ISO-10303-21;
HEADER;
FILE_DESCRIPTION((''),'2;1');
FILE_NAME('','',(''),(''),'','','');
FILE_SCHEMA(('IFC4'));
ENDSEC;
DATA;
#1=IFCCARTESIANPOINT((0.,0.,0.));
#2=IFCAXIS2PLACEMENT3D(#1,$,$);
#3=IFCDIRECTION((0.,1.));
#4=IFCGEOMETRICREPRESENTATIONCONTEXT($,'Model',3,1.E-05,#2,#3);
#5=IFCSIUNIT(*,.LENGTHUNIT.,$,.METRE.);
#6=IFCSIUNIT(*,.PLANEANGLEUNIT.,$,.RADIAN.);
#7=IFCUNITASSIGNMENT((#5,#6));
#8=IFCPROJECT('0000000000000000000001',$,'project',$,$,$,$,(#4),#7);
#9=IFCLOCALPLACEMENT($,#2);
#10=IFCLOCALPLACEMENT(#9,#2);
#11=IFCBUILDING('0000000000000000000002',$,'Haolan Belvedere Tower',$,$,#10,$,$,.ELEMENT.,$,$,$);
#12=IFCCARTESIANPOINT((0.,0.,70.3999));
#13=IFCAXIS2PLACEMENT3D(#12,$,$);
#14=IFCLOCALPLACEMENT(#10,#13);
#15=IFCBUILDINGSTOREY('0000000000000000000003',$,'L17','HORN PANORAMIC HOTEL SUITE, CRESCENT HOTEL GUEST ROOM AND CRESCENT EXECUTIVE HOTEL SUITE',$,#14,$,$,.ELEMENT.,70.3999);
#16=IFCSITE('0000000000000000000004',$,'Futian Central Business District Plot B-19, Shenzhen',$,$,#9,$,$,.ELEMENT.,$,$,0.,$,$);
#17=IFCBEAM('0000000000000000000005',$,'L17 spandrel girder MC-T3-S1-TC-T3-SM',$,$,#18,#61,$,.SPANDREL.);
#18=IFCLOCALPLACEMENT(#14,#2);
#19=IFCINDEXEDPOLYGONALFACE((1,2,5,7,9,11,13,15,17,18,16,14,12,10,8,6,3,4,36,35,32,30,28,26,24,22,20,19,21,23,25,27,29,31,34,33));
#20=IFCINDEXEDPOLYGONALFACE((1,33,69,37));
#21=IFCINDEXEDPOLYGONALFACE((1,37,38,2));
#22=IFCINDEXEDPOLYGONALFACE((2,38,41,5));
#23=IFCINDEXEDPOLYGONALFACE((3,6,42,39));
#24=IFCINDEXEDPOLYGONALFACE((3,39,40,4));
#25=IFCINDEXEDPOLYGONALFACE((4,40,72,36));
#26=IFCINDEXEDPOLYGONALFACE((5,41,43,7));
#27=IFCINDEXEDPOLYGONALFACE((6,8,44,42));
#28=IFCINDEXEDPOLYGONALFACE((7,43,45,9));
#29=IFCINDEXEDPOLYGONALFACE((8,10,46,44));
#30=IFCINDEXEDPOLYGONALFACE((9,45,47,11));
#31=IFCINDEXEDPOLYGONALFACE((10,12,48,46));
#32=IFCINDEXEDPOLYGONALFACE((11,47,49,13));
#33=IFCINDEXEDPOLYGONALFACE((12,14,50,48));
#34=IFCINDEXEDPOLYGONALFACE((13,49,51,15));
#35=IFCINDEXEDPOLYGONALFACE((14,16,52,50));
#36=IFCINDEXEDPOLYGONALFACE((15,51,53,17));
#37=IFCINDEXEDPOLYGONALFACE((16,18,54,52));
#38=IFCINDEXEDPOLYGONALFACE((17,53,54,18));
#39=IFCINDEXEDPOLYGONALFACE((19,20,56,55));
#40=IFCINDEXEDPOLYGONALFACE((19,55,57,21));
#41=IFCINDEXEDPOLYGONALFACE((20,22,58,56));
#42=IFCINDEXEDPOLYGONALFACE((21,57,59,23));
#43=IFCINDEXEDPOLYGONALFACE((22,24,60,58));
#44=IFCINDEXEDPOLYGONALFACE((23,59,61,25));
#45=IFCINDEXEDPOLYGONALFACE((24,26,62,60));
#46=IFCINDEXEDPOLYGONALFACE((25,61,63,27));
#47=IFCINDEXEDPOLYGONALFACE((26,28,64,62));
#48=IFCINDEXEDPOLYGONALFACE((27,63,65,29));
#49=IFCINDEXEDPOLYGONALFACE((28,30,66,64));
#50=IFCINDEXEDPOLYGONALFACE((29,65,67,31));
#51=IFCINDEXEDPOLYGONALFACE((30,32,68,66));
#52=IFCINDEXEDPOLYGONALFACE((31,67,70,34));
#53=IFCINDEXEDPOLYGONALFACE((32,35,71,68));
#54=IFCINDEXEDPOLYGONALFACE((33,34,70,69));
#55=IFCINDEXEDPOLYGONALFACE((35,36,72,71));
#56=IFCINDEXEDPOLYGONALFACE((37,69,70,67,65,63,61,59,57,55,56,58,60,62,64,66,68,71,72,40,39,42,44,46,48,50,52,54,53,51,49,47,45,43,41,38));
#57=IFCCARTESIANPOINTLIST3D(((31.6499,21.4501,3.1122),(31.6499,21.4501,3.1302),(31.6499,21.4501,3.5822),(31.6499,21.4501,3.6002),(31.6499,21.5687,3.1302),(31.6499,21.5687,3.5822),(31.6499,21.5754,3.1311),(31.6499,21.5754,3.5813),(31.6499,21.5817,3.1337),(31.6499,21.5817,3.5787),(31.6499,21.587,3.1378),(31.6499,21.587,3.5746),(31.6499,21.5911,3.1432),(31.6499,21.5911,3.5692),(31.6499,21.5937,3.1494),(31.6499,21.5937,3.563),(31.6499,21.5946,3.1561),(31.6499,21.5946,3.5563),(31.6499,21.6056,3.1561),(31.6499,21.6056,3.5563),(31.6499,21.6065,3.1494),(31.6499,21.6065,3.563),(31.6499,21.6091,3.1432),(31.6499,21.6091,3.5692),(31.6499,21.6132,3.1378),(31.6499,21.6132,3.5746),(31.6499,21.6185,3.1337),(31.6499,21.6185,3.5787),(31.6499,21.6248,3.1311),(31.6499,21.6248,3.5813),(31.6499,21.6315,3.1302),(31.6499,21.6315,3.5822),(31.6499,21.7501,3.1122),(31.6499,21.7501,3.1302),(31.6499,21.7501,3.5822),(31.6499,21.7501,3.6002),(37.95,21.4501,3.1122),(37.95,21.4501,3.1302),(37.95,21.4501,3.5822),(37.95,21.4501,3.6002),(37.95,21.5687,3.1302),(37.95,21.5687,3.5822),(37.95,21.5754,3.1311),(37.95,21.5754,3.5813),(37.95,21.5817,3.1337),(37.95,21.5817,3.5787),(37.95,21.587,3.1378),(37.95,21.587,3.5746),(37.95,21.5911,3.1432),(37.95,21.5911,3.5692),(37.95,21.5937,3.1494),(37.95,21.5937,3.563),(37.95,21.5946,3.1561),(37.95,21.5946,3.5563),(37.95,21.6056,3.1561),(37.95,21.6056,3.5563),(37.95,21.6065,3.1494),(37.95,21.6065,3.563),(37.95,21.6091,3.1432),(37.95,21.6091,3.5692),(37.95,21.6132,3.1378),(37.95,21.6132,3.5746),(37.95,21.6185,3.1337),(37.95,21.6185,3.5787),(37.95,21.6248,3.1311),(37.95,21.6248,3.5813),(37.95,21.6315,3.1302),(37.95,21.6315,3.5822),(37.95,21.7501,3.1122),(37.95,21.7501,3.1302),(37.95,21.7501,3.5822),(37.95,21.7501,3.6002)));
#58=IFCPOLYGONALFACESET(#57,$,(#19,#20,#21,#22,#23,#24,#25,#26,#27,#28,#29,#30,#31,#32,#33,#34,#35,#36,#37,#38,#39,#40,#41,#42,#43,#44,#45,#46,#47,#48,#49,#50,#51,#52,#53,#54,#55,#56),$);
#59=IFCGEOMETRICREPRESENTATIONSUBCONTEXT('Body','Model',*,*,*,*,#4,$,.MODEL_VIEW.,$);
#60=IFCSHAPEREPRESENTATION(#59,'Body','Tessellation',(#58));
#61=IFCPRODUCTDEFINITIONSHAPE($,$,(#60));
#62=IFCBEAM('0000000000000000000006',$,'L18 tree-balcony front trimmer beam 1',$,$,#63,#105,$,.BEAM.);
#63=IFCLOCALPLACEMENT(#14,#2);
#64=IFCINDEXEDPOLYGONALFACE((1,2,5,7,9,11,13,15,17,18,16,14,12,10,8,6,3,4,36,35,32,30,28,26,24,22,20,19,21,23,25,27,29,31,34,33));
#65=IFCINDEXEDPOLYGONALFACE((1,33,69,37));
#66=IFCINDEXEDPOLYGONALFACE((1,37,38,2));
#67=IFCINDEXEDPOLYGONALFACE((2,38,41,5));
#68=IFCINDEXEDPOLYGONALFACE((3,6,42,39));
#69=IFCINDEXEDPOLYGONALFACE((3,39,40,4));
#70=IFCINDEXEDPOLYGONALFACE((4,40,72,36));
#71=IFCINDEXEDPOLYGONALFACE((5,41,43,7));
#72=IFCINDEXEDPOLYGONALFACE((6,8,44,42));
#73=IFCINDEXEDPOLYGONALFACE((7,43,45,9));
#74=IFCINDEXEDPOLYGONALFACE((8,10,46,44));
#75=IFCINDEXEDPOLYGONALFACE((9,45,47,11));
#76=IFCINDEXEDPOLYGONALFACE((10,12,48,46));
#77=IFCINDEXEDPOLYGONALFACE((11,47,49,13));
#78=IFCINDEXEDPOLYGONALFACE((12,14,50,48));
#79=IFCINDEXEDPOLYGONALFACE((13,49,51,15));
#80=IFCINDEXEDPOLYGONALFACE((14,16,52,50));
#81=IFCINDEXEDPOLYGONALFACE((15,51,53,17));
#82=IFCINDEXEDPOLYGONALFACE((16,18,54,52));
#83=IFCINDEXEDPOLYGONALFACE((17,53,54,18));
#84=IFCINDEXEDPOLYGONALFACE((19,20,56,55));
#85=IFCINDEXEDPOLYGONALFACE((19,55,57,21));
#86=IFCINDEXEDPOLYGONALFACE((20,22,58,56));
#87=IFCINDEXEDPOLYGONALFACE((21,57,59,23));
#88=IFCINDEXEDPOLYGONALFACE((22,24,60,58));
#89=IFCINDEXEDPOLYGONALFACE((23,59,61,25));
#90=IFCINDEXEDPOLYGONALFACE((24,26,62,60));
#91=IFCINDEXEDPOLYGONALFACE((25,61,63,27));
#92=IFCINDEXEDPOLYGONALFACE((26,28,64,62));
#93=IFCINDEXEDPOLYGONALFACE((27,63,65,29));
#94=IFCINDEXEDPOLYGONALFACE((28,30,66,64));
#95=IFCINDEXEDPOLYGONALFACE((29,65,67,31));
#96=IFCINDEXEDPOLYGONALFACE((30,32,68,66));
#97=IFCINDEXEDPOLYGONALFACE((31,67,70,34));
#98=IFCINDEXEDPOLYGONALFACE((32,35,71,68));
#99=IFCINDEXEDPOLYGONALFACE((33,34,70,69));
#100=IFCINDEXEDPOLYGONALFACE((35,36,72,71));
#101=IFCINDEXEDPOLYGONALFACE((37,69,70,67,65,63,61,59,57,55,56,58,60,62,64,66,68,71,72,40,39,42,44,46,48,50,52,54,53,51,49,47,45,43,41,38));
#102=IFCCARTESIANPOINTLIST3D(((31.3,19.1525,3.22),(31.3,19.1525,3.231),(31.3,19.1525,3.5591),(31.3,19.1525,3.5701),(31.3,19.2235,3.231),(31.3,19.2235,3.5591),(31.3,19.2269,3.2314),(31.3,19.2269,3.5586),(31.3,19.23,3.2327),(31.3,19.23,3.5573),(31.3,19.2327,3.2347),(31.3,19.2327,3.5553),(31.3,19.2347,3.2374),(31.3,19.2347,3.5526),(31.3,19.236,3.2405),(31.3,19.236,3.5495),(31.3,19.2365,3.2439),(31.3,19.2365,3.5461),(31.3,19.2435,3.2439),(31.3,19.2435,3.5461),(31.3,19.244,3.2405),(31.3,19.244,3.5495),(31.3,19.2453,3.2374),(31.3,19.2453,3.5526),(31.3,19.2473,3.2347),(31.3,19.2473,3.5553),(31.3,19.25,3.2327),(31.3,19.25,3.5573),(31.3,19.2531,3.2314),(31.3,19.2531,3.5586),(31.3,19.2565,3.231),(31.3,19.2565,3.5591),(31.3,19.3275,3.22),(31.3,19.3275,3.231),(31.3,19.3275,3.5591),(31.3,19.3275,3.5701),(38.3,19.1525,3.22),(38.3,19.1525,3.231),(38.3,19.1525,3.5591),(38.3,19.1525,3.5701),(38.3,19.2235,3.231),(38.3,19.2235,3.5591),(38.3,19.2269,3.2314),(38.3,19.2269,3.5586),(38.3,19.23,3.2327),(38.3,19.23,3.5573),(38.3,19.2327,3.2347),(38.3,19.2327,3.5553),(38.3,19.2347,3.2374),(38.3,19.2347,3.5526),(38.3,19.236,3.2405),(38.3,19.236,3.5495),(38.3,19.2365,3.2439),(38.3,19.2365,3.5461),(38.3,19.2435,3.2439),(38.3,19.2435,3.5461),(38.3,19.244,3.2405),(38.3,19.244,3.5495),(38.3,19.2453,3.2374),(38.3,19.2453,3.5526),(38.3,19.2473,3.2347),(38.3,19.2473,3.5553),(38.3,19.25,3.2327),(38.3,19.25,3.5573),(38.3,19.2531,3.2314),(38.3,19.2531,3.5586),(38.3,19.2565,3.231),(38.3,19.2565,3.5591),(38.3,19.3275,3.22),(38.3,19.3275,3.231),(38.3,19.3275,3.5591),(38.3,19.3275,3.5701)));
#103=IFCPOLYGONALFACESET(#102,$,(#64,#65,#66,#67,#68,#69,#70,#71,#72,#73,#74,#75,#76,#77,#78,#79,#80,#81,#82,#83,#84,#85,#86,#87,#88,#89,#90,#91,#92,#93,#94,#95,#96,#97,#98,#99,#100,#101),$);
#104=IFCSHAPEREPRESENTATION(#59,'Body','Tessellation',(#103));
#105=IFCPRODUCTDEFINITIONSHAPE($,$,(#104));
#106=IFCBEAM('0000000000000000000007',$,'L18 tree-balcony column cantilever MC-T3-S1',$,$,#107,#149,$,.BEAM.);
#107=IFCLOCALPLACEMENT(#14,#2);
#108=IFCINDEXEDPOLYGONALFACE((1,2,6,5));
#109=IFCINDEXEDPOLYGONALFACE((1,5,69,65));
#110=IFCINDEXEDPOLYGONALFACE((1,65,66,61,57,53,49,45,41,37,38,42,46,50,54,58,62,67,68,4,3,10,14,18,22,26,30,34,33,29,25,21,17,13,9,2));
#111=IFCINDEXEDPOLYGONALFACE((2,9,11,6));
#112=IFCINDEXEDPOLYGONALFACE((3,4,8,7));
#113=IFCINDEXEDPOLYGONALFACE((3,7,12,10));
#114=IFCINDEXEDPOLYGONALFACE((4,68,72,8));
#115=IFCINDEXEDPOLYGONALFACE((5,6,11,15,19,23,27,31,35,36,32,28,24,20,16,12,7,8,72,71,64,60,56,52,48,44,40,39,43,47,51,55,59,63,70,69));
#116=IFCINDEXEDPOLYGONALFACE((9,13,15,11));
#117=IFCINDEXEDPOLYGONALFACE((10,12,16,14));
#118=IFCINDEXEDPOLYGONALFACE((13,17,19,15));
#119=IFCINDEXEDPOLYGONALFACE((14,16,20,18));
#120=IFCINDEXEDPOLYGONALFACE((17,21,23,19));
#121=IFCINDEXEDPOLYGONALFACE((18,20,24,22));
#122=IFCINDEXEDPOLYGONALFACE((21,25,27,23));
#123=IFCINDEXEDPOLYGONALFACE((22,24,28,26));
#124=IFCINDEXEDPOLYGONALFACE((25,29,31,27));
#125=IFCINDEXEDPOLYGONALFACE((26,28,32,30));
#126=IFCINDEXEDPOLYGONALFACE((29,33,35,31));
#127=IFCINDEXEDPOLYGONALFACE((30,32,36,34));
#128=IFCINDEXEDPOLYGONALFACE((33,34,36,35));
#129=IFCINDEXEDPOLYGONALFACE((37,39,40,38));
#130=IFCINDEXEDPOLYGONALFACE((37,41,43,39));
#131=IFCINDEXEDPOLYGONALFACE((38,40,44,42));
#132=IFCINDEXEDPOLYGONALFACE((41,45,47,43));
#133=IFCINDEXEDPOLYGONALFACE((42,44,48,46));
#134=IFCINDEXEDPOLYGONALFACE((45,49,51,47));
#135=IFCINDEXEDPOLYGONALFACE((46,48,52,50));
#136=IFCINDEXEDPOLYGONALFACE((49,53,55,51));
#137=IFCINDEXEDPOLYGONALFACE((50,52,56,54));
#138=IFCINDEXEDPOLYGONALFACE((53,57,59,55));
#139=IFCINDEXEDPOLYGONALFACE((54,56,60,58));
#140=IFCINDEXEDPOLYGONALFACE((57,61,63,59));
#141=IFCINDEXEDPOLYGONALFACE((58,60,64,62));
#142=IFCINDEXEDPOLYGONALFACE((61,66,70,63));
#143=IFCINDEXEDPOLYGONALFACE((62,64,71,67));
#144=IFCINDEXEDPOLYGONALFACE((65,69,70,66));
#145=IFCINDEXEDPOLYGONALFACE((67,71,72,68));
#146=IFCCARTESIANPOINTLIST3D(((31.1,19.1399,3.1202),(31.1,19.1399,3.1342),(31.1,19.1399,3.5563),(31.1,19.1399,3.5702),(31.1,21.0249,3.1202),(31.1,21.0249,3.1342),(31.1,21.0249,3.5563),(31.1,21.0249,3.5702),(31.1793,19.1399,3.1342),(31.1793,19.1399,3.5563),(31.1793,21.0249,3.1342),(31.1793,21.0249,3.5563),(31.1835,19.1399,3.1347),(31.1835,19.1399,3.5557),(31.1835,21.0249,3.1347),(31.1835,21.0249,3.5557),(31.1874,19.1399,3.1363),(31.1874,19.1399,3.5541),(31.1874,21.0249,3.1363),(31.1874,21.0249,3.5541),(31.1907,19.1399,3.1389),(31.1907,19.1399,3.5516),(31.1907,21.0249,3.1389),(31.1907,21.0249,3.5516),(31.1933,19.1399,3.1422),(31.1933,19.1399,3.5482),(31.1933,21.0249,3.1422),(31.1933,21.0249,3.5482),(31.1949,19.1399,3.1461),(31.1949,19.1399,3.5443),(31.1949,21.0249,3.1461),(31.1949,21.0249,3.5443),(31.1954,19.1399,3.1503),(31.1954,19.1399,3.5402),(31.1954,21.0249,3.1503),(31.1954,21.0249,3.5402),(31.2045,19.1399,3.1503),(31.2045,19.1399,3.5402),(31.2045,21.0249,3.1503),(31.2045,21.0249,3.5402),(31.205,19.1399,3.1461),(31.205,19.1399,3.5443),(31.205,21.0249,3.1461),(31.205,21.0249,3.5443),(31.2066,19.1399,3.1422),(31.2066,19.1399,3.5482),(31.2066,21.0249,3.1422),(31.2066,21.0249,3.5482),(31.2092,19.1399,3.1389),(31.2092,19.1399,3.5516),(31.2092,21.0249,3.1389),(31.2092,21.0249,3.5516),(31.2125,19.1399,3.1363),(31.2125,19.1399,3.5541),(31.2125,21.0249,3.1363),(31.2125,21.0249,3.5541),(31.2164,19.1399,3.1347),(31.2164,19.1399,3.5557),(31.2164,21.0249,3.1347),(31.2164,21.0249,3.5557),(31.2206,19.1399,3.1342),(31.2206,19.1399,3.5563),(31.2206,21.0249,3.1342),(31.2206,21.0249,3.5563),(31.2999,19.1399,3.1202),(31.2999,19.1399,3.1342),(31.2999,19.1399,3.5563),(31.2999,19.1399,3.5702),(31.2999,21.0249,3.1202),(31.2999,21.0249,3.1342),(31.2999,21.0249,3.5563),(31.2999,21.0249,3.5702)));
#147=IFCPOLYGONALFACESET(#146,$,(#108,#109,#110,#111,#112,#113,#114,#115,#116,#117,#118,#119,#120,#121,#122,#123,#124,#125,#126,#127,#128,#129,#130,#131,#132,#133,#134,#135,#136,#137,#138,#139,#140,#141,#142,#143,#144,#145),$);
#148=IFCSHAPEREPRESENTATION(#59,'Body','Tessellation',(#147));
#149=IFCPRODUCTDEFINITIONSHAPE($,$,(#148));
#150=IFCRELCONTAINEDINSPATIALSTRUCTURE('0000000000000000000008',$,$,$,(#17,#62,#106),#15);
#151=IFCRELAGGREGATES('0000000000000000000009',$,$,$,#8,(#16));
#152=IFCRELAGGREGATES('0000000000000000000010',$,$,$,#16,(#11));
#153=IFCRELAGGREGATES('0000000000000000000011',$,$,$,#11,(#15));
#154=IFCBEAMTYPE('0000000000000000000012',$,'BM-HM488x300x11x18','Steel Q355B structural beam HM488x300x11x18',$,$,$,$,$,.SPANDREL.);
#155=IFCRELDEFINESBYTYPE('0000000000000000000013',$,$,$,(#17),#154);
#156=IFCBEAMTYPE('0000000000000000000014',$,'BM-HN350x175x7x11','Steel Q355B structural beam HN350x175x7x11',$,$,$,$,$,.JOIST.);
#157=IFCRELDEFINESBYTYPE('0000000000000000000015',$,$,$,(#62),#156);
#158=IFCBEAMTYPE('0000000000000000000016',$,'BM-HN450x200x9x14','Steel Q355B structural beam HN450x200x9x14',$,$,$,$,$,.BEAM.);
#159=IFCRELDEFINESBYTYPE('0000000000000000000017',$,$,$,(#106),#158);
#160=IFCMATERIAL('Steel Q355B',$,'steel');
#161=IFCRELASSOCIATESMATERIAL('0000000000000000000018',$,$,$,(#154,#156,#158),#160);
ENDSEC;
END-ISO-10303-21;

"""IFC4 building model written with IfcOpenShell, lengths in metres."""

from ifc_helpers import new_model, si_unit, direction, frame, origin, origin_2d, place, context, subcontext, project, spatial, i_section, extrude, material, material_profile, profile_set, type_object, element, save


model = new_model("IFC4")

# Units and contexts
model_context = context("Model", 3, precision=1e-05, world=origin(), true_north=direction((0.0, 1.0)))
body_context = subcontext(model_context, "Body", "Model", "MODEL_VIEW")
ifc_project = project(units=[si_unit("LENGTHUNIT", "METRE"), si_unit("PLANEANGLEUNIT", "RADIAN")], contexts=[model_context])

# Site, building, storey
site_placement = place(None, origin())
site = spatial("IfcSite", under=ifc_project, at=site_placement, Name="Futian Central Business District Plot B-19, Shenzhen", CompositionType="ELEMENT", RefElevation=0.0)
building_placement = place(site_placement, origin())
building = spatial("IfcBuilding", under=site, at=building_placement, Name="Haolan Belvedere Tower", CompositionType="ELEMENT")
storey_placement = place(building_placement, frame((0.0, 0.0, 70.3999)))
storey = spatial("IfcBuildingStorey", under=building, at=storey_placement, Name="L17", Description="HORN PANORAMIC HOTEL SUITE, CRESCENT HOTEL GUEST ROOM AND CRESCENT EXECUTIVE HOTEL SUITE", CompositionType="ELEMENT", Elevation=70.3999)

# Shared definitions
ifc_material_1 = material(Name="Steel Q355B", Category="steel")

# Beams
ifc_material_profile_1 = material_profile(ifc_material_1, i_section(OverallWidth=0.3, OverallDepth=0.488, WebThickness=0.011, FlangeThickness=0.0181, FilletRadius=0.0259, at=origin_2d()), Name="Steel Q355B")
ifc_profile_set_1 = profile_set([ifc_material_profile_1], Name="Steel Q355B")
beam_type_1 = type_object("IfcBeamType", Name="BM-HM488x300x11x18", Description="Steel Q355B structural beam HM488x300x11x18", PredefinedType="SPANDREL", material=ifc_profile_set_1)
for number, where, z_axis, x_axis, name in (
    (1, (31.6499, 21.6001, 3.3562), (1.0, 0.0, 0.0), (0.0, 1.0, 0.0), "L17 spandrel girder MC-T3-S1-TC-T3-SM"),
):
    element("IfcBeam", number, at=place(storey_placement, frame(where, z_axis=z_axis, x_axis=x_axis)), inside=storey, type_object=beam_type_1, Name=name, PredefinedType="SPANDREL", context=body_context, shape_type="SweptSolid", body=[
        extrude(i_section(OverallWidth=0.3, OverallDepth=0.488, WebThickness=0.011, FlangeThickness=0.0181, FilletRadius=0.0259, at=origin_2d()), origin(), (0.0, 0.0, 1.0), 6.3),
    ])
ifc_material_profile_2 = material_profile(ifc_material_1, i_section(OverallWidth=0.175, OverallDepth=0.3501, WebThickness=0.0071, FlangeThickness=0.011, FilletRadius=0.0129, at=origin_2d()), Name="Steel Q355B")
ifc_profile_set_2 = profile_set([ifc_material_profile_2], Name="Steel Q355B")
beam_type_2 = type_object("IfcBeamType", Name="BM-HN350x175x7x11", Description="Steel Q355B structural beam HN350x175x7x11", PredefinedType="JOIST", material=ifc_profile_set_2)
beam_1_placement = place(storey_placement, frame((31.3, 19.24, 3.395), z_axis=(1.0, 0.0, 0.0), x_axis=(0.0, 1.0, 0.0)))
element("IfcBeam", 2, at=beam_1_placement, inside=storey, type_object=beam_type_2, Name="L18 tree-balcony front trimmer beam 1", PredefinedType="BEAM", context=body_context, shape_type="SweptSolid", body=[
    extrude(i_section(OverallWidth=0.175, OverallDepth=0.3501, WebThickness=0.0071, FlangeThickness=0.011, FilletRadius=0.0129, at=origin_2d()), origin(), (0.0, 0.0, 1.0), 7.0),
])
ifc_material_profile_3 = material_profile(ifc_material_1, i_section(OverallWidth=0.2, OverallDepth=0.45, WebThickness=0.009, FlangeThickness=0.0139, FilletRadius=0.0161, at=origin_2d()), Name="Steel Q355B")
ifc_profile_set_3 = profile_set([ifc_material_profile_3], Name="Steel Q355B")
beam_type_3 = type_object("IfcBeamType", Name="BM-HN450x200x9x14", Description="Steel Q355B structural beam HN450x200x9x14", PredefinedType="BEAM", material=ifc_profile_set_3)
beam_2_placement = place(storey_placement, frame((31.2, 21.0249, 3.3452), z_axis=(0.0, -1.0, 0.0), x_axis=(1.0, 0.0, 0.0)))
element("IfcBeam", 3, at=beam_2_placement, inside=storey, type_object=beam_type_3, Name="L18 tree-balcony column cantilever MC-T3-S1", PredefinedType="BEAM", context=body_context, shape_type="SweptSolid", body=[
    extrude(i_section(OverallWidth=0.2, OverallDepth=0.45, WebThickness=0.009, FlangeThickness=0.0139, FilletRadius=0.0161, at=origin_2d()), origin(), (0.0, 0.0, 1.0), 1.885),
])

save(model, "model.ifc")
